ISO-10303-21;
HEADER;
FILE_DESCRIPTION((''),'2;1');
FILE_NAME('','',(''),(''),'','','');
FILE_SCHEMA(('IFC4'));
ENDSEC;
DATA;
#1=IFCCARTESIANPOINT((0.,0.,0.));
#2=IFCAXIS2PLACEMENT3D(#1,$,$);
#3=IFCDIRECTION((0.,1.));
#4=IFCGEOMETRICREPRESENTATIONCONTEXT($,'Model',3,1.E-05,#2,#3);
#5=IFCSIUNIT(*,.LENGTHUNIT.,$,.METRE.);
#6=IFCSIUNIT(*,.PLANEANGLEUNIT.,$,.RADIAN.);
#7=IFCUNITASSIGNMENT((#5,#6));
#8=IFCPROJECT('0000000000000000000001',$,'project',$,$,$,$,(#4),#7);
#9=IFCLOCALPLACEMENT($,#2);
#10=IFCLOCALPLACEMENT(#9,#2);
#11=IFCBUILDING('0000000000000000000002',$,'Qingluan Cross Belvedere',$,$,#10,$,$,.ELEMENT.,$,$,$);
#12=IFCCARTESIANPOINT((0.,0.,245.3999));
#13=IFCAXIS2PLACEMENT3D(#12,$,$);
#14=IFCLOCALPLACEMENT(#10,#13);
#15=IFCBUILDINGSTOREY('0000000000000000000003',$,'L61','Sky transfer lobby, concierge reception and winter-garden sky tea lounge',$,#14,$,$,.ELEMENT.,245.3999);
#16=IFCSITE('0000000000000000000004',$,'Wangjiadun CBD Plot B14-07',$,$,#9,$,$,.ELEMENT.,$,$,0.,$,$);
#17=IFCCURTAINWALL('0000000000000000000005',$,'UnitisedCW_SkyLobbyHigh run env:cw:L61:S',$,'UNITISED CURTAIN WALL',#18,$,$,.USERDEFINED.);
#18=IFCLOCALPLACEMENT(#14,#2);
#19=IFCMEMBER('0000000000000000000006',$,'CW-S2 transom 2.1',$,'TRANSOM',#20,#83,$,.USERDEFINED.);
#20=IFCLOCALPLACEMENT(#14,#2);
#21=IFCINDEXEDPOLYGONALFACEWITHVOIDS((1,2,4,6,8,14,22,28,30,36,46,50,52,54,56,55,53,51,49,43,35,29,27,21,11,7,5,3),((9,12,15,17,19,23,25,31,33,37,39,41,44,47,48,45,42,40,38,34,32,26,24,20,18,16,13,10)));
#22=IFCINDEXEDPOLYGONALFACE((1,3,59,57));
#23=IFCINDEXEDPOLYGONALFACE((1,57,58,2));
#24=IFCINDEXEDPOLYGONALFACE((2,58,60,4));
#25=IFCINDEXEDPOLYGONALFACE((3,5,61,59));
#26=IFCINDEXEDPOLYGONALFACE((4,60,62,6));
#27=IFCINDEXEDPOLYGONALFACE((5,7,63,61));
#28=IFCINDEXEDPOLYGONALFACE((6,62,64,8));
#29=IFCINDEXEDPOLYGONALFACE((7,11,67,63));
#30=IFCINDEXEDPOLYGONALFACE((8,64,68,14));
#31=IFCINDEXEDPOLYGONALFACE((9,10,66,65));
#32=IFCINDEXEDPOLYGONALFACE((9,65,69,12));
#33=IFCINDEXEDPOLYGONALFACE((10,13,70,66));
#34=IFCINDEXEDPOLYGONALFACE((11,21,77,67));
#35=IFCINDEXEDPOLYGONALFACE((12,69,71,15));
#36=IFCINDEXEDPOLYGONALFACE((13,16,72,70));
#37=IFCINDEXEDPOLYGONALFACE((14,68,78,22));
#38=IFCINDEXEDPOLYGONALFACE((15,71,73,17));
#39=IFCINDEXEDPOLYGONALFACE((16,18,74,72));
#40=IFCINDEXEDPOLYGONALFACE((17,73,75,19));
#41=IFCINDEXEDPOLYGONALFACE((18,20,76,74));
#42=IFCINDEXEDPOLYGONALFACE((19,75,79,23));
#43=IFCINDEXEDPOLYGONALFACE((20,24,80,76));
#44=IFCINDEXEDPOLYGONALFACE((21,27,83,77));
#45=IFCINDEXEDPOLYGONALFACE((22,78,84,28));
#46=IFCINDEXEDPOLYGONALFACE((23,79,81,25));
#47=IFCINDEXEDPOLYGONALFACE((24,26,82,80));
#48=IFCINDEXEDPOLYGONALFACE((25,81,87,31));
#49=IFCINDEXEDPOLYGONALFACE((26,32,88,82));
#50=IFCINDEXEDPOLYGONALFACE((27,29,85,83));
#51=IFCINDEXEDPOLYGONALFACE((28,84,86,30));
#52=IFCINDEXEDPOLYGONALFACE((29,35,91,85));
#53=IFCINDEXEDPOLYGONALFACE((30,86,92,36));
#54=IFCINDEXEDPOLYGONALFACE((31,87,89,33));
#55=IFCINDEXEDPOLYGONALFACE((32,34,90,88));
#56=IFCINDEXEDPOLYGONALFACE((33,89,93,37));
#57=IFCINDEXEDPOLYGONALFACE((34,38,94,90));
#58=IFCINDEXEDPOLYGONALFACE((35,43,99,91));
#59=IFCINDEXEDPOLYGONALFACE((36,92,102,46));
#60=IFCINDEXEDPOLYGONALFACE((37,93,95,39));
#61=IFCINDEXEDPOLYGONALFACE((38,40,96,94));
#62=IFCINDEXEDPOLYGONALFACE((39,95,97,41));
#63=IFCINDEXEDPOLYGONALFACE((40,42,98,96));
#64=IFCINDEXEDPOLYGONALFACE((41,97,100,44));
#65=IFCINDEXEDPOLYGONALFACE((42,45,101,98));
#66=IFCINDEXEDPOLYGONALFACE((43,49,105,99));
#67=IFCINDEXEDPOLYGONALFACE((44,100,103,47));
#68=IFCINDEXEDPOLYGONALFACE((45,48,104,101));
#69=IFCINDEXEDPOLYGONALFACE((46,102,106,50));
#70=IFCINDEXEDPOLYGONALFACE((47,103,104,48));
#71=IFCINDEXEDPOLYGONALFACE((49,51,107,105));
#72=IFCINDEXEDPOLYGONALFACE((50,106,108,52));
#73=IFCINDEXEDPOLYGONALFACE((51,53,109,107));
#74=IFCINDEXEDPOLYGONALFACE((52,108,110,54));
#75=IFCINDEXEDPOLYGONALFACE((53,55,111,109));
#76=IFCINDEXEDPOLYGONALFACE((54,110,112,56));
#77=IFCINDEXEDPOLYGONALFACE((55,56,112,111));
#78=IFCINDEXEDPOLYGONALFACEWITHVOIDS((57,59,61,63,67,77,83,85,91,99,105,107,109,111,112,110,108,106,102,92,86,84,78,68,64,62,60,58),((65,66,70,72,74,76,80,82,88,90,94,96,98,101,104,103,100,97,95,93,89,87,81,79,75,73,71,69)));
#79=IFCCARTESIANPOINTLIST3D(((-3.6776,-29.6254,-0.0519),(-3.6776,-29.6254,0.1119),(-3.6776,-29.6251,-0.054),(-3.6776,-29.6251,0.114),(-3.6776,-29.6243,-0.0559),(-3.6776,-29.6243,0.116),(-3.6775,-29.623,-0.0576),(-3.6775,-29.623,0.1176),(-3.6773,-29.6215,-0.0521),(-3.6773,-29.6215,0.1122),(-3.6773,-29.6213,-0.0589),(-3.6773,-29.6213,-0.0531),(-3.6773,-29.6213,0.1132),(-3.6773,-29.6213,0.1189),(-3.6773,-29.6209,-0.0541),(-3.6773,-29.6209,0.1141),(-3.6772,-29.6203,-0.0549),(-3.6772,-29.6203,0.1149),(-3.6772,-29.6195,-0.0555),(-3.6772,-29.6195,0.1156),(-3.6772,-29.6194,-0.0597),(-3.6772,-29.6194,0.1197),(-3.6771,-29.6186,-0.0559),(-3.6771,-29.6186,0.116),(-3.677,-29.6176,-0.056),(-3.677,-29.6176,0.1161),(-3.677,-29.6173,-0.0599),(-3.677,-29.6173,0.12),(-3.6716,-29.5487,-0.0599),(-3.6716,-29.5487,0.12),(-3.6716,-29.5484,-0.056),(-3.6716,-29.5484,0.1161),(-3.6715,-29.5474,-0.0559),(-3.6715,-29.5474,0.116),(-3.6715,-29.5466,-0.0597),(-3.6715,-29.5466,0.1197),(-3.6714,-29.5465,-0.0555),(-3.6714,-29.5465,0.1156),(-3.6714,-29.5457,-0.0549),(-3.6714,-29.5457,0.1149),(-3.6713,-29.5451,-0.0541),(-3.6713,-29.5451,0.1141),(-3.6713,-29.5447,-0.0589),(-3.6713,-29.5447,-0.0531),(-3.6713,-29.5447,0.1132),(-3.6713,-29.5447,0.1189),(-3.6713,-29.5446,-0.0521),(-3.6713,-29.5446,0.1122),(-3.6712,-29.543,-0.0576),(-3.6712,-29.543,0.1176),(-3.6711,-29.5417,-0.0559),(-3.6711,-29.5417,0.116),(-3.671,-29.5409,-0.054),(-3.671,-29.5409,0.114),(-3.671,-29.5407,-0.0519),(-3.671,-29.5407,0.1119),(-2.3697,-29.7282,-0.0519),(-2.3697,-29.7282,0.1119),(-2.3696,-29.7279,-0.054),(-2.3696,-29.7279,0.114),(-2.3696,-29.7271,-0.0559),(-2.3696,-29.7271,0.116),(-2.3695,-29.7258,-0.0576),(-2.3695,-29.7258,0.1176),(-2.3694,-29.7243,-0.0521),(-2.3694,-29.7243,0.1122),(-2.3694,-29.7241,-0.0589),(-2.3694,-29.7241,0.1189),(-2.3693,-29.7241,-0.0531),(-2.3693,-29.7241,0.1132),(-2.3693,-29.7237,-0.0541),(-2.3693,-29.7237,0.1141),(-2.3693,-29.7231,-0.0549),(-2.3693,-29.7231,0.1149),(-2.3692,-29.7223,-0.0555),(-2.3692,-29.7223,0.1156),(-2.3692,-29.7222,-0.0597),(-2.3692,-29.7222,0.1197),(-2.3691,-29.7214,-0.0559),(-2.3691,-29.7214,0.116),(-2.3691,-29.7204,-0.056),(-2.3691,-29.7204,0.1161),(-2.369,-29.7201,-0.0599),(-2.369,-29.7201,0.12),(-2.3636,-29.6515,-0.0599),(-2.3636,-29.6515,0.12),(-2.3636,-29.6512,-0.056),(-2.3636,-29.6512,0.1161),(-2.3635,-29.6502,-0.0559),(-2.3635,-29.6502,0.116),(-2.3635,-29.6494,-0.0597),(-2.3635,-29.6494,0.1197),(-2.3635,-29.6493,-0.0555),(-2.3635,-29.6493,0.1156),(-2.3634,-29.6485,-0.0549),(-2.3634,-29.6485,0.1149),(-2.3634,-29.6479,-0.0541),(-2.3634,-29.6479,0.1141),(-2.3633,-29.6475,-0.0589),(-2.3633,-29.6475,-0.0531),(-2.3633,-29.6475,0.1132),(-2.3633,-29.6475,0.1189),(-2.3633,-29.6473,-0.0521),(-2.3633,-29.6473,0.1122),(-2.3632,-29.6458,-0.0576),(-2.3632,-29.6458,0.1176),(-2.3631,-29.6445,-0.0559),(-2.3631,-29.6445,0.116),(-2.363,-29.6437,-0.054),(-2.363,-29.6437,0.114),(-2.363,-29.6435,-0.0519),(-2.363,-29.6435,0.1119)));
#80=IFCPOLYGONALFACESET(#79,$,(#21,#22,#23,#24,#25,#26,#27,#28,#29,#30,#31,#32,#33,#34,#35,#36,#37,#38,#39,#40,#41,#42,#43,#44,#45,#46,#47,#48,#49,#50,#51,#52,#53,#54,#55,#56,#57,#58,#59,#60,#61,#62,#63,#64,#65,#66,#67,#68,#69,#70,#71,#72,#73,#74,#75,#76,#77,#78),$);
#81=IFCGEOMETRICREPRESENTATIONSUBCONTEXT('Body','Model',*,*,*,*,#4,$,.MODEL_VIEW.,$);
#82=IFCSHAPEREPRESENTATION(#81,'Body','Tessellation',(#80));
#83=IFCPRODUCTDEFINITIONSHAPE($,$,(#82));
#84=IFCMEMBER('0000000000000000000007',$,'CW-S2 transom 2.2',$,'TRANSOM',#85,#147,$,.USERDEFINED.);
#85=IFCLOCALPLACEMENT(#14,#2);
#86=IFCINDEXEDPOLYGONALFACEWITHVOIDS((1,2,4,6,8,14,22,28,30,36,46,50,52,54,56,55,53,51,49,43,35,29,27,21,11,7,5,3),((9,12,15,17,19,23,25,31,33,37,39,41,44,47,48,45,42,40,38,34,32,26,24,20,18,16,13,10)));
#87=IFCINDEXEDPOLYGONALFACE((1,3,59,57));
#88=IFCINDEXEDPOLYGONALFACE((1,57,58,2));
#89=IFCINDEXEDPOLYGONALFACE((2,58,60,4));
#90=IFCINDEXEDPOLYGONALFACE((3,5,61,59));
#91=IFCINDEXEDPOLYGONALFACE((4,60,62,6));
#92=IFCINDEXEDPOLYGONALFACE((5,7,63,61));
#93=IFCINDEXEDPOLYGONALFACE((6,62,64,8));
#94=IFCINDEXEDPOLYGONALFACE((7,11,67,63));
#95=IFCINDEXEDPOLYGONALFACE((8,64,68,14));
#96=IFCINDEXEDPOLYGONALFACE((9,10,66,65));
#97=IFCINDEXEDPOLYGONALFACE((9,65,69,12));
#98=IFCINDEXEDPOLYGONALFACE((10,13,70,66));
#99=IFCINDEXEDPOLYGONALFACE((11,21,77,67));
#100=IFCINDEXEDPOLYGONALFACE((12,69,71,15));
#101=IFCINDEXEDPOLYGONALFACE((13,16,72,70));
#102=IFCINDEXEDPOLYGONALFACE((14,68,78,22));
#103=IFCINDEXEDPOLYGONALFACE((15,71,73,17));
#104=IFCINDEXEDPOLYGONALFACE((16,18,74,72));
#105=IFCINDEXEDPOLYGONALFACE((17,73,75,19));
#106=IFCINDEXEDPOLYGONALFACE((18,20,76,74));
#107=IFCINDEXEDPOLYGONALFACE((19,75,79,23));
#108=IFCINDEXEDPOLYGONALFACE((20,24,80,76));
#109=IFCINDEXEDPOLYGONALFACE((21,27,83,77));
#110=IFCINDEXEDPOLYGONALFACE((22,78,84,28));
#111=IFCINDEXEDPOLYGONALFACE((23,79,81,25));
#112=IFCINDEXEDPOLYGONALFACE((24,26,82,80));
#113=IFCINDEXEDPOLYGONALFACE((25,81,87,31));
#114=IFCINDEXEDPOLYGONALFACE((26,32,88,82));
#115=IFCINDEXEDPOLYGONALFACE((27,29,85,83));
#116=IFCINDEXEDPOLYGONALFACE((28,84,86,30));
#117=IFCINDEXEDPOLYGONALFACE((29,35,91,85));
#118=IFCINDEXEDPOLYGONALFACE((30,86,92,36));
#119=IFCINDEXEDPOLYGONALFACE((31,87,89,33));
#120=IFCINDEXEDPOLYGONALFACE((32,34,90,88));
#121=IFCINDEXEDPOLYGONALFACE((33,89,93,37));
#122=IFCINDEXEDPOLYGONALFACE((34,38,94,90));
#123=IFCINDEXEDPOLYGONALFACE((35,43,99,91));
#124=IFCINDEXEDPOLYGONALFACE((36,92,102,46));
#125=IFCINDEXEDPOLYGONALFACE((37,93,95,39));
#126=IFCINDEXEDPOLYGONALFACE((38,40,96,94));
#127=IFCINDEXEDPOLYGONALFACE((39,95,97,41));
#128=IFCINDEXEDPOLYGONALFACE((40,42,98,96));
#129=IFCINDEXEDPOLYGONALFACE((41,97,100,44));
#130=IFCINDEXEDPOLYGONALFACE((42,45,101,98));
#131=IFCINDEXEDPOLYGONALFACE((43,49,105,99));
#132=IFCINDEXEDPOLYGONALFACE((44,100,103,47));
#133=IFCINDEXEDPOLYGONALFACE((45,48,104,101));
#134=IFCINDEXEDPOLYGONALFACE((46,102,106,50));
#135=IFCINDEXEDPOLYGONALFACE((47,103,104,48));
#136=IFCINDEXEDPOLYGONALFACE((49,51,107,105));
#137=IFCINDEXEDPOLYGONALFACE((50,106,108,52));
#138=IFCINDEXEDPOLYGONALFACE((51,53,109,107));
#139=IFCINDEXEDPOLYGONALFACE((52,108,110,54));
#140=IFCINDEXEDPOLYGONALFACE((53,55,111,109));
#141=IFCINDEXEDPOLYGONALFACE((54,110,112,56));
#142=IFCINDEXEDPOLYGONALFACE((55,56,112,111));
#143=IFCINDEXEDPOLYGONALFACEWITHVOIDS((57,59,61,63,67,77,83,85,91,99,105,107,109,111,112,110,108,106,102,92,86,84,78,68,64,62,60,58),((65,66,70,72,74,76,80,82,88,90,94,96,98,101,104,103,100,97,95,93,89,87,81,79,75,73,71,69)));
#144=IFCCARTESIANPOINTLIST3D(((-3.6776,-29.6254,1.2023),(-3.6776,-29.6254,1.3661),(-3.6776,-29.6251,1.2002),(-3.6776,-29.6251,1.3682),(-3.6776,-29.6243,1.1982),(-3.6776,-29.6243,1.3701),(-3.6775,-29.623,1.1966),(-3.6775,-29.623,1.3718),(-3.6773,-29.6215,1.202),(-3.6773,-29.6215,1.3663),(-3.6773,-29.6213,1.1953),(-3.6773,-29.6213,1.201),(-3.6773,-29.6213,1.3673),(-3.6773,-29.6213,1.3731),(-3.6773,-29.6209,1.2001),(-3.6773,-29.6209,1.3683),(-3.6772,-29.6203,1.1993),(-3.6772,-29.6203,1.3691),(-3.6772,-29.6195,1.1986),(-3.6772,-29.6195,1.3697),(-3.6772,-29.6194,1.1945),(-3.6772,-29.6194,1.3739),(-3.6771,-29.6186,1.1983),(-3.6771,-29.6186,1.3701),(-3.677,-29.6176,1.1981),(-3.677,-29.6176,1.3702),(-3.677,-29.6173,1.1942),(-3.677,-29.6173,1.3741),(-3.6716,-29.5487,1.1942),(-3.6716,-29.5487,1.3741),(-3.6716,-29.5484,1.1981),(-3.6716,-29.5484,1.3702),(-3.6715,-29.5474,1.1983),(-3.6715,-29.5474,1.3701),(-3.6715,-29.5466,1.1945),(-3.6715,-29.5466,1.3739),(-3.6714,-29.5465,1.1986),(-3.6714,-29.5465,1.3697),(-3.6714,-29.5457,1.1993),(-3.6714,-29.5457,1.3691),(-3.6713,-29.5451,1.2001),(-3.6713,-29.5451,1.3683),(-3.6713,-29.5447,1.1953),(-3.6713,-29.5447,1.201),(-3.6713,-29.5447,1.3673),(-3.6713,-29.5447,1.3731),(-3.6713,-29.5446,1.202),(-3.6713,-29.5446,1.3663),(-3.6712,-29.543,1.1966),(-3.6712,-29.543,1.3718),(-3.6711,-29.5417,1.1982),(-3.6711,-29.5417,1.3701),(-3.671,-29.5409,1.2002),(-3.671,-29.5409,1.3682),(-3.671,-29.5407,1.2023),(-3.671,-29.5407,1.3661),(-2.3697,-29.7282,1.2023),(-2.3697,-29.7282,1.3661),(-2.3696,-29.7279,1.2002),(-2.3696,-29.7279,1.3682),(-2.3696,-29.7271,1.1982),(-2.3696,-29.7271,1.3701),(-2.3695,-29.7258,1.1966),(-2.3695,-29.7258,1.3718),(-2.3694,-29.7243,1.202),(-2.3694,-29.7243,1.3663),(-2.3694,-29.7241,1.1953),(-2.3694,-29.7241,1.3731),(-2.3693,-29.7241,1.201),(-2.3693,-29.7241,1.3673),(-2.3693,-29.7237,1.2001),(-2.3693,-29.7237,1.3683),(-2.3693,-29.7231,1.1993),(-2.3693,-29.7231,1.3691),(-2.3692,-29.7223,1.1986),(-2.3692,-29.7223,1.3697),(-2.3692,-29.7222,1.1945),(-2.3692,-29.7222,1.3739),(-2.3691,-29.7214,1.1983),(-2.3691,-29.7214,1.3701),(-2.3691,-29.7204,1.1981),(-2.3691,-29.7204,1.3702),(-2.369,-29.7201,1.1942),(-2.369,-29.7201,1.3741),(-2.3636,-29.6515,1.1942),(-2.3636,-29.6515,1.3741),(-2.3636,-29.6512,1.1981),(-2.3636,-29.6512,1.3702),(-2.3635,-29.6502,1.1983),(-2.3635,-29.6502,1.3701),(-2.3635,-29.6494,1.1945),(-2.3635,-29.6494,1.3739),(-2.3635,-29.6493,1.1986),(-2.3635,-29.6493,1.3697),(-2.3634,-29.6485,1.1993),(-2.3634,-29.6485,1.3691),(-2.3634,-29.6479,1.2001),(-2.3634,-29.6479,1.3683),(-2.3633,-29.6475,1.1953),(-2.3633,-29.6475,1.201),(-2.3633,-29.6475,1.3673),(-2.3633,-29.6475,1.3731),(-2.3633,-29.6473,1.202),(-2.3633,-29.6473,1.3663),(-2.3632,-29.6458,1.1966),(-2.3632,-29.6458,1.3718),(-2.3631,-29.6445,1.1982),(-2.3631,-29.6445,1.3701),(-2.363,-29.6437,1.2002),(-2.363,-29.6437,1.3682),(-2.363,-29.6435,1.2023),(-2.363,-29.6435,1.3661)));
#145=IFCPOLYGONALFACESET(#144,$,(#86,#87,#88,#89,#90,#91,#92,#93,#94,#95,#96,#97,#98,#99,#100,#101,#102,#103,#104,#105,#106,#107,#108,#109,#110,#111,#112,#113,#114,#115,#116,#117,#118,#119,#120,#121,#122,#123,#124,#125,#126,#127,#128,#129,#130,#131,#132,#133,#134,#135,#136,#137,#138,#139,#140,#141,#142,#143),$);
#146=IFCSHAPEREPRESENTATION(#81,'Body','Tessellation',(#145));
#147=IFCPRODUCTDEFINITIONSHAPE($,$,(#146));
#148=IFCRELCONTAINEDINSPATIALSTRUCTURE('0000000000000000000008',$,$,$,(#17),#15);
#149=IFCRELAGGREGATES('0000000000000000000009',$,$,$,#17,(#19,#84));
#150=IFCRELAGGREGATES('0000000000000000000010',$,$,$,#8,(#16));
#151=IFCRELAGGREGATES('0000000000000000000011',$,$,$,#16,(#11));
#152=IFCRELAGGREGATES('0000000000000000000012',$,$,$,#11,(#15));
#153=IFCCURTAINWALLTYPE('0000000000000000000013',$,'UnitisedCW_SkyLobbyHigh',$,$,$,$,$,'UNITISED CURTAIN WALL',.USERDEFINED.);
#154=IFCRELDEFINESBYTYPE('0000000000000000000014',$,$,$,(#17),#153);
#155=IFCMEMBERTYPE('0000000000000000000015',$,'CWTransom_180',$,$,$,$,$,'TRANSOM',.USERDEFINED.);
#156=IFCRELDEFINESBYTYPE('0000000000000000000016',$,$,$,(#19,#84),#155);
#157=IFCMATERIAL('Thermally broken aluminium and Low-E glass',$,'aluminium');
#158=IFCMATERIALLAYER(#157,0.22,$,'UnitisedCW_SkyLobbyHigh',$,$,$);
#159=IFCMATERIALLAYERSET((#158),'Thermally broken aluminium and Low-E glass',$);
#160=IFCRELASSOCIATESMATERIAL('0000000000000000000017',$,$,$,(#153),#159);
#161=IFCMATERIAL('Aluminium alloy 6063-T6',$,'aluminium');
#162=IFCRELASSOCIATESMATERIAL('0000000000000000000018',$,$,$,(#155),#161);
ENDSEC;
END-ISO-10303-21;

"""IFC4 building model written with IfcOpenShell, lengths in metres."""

from ifc_helpers import new_model, si_unit, direction, frame, origin, origin_2d, place, context, subcontext, project, spatial, hollow_rectangle, extrude, material, layer, layer_set, material_profile, profile_set, type_object, element, aggregate, save


model = new_model("IFC4")

# Units and contexts
model_context = context("Model", 3, precision=1e-05, world=origin(), true_north=direction((0.0, 1.0)))
body_context = subcontext(model_context, "Body", "Model", "MODEL_VIEW")
ifc_project = project(units=[si_unit("LENGTHUNIT", "METRE"), si_unit("PLANEANGLEUNIT", "RADIAN")], contexts=[model_context])

# Site, building, storey
site_placement = place(None, origin())
site = spatial("IfcSite", under=ifc_project, at=site_placement, Name="Wangjiadun CBD Plot B14-07", CompositionType="ELEMENT", RefElevation=0.0)
building_placement = place(site_placement, origin())
building = spatial("IfcBuilding", under=site, at=building_placement, Name="Qingluan Cross Belvedere", CompositionType="ELEMENT")
storey_placement = place(building_placement, frame((0.0, 0.0, 245.3999)))
storey = spatial("IfcBuildingStorey", under=building, at=storey_placement, Name="L61", Description="Sky transfer lobby, concierge reception and winter-garden sky tea lounge", CompositionType="ELEMENT", Elevation=245.3999)

# Curtain wall, members
ifc_material_1 = material(Name="Thermally broken aluminium and Low-E glass", Category="aluminium")
ifc_layer_1 = layer(ifc_material_1, 0.22, Name="UnitisedCW_SkyLobbyHigh")
ifc_layer_set_1 = layer_set([ifc_layer_1], Name="Thermally broken aluminium and Low-E glass")
curtain_wall_type = type_object("IfcCurtainWallType", Name="UnitisedCW_SkyLobbyHigh", ElementType="UNITISED CURTAIN WALL", PredefinedType="USERDEFINED", material=ifc_layer_set_1)
curtain_wall_placement = place(storey_placement, origin())
curtain_wall = element("IfcCurtainWall", 1, at=curtain_wall_placement, inside=storey, type_object=curtain_wall_type, Name="UnitisedCW_SkyLobbyHigh run env:cw:L61:S", ObjectType="UNITISED CURTAIN WALL", PredefinedType="USERDEFINED")
ifc_material_2 = material(Name="Aluminium alloy 6063-T6", Category="aluminium")
ifc_material_profile_1 = material_profile(ifc_material_2, hollow_rectangle(XDim=0.085, YDim=0.1799, WallThickness=0.0039, InnerFilletRadius=0.0039, OuterFilletRadius=0.0081, at=origin_2d()), Name="CWT180x85x4")
ifc_profile_set_1 = profile_set([ifc_material_profile_1], Name="Aluminium alloy 6063-T6")
member_type_1 = type_object("IfcMemberType", Name="CWTransom_180", ElementType="TRANSOM", PredefinedType="USERDEFINED", material=ifc_profile_set_1)
member_1_placement = place(storey_placement, frame((-3.6743, -29.583, 0.03), z_axis=(0.996926, -0.078347, 0.0), x_axis=(0.078347, 0.996926, 0.0)))
member_1 = element("IfcMember", 2, at=member_1_placement, type_object=member_type_1, Name="CW-S2 transom 2.1", ObjectType="TRANSOM", PredefinedType="USERDEFINED", context=body_context, shape_type="SweptSolid", body=[
    extrude(hollow_rectangle(XDim=0.085, YDim=0.1799, WallThickness=0.0039, InnerFilletRadius=0.0039, OuterFilletRadius=0.0081, at=origin_2d()), origin(), (0.0, 0.0, 1.0), 1.312),
])
member_2_placement = place(storey_placement, frame((-3.6743, -29.583, 1.2842), z_axis=(0.996926, -0.078347, 0.0), x_axis=(0.078347, 0.996926, 0.0)))
member_2 = element("IfcMember", 3, at=member_2_placement, type_object=member_type_1, Name="CW-S2 transom 2.2", ObjectType="TRANSOM", PredefinedType="USERDEFINED", context=body_context, shape_type="SweptSolid", body=[
    extrude(hollow_rectangle(XDim=0.085, YDim=0.1799, WallThickness=0.0039, InnerFilletRadius=0.0039, OuterFilletRadius=0.0081, at=origin_2d()), origin(), (0.0, 0.0, 1.0), 1.312),
])
aggregate(curtain_wall, [member_1, member_2])

save(model, "model.ifc")
